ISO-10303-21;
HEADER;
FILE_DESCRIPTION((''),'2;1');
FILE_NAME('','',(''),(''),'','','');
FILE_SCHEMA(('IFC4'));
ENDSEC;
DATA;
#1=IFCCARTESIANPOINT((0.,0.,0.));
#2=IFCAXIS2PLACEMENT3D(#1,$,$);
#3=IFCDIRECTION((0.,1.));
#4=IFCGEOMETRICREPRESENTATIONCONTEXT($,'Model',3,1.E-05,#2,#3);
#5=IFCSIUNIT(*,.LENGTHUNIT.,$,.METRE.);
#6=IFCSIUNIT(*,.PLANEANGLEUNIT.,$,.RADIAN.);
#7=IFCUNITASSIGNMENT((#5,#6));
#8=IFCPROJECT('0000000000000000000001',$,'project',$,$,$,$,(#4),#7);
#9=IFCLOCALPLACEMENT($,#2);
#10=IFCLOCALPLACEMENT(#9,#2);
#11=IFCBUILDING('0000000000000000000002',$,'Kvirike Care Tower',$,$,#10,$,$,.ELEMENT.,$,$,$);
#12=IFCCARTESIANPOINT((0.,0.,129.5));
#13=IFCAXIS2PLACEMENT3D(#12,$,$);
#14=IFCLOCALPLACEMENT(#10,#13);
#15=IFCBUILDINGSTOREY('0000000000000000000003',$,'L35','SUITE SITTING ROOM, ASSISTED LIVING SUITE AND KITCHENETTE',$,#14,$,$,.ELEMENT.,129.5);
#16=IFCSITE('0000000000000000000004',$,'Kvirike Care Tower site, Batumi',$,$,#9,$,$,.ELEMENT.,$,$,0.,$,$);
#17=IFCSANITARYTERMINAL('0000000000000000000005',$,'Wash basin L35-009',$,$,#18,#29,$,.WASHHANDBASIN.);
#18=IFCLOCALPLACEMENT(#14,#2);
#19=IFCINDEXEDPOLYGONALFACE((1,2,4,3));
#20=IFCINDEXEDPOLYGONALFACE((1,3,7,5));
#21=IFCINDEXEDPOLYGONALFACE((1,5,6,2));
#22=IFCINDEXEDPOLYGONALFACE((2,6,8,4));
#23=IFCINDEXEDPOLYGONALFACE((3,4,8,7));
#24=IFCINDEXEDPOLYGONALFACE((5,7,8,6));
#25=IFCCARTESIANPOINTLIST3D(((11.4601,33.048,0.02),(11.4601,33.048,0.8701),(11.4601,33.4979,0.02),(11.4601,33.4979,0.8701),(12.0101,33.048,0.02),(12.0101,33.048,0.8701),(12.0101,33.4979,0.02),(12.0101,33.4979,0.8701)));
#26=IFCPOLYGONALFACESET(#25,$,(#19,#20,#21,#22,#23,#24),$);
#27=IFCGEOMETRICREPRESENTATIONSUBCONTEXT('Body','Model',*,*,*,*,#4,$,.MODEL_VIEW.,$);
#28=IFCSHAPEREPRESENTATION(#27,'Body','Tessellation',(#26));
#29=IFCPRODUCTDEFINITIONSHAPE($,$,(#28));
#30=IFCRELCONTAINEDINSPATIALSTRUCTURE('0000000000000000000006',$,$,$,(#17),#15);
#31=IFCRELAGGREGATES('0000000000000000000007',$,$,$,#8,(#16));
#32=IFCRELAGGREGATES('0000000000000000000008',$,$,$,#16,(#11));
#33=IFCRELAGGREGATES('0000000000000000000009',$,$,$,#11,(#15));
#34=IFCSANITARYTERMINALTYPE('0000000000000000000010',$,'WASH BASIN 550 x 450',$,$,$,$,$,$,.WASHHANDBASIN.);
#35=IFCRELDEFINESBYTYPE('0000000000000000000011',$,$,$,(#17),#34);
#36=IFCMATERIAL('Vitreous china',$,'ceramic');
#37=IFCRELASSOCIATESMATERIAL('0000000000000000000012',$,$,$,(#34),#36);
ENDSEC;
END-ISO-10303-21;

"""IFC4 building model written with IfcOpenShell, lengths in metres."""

from ifc_helpers import new_model, si_unit, direction, frame, origin, origin_2d, place, context, subcontext, project, spatial, rectangle, extrude, material, type_object, element, save


model = new_model("IFC4")

# Units and contexts
model_context = context("Model", 3, precision=1e-05, world=origin(), true_north=direction((0.0, 1.0)))
body_context = subcontext(model_context, "Body", "Model", "MODEL_VIEW")
ifc_project = project(units=[si_unit("LENGTHUNIT", "METRE"), si_unit("PLANEANGLEUNIT", "RADIAN")], contexts=[model_context])

# Site, building, storey
site_placement = place(None, origin())
site = spatial("IfcSite", under=ifc_project, at=site_placement, Name="Kvirike Care Tower site, Batumi", CompositionType="ELEMENT", RefElevation=0.0)
building_placement = place(site_placement, origin())
building = spatial("IfcBuilding", under=site, at=building_placement, Name="Kvirike Care Tower", CompositionType="ELEMENT")
storey_placement = place(building_placement, frame((0.0, 0.0, 129.5)))
storey = spatial("IfcBuildingStorey", under=building, at=storey_placement, Name="L35", Description="SUITE SITTING ROOM, ASSISTED LIVING SUITE AND KITCHENETTE", CompositionType="ELEMENT", Elevation=129.5)

# Sanitary terminal
ifc_material_1 = material(Name="Vitreous china", Category="ceramic")
sanitary_terminal_type_1 = type_object("IfcSanitaryTerminalType", Name="WASH BASIN 550 x 450", PredefinedType="WASHHANDBASIN", material=ifc_material_1)
sanitary_terminal_1_placement = place(storey_placement, frame((11.7351, 33.2729, 0.02), z_axis=(0.0, 0.0, 1.0), x_axis=(1.0, 0.0, 0.0)))
element("IfcSanitaryTerminal", 1, at=sanitary_terminal_1_placement, inside=storey, type_object=sanitary_terminal_type_1, Name="Wash basin L35-009", PredefinedType="WASHHANDBASIN", context=body_context, shape_type="SweptSolid", body=[
    extrude(rectangle(XDim=0.55, YDim=0.45, at=origin_2d()), origin(), (0.0, 0.0, 1.0), 0.8501),
])

save(model, "model.ifc")
